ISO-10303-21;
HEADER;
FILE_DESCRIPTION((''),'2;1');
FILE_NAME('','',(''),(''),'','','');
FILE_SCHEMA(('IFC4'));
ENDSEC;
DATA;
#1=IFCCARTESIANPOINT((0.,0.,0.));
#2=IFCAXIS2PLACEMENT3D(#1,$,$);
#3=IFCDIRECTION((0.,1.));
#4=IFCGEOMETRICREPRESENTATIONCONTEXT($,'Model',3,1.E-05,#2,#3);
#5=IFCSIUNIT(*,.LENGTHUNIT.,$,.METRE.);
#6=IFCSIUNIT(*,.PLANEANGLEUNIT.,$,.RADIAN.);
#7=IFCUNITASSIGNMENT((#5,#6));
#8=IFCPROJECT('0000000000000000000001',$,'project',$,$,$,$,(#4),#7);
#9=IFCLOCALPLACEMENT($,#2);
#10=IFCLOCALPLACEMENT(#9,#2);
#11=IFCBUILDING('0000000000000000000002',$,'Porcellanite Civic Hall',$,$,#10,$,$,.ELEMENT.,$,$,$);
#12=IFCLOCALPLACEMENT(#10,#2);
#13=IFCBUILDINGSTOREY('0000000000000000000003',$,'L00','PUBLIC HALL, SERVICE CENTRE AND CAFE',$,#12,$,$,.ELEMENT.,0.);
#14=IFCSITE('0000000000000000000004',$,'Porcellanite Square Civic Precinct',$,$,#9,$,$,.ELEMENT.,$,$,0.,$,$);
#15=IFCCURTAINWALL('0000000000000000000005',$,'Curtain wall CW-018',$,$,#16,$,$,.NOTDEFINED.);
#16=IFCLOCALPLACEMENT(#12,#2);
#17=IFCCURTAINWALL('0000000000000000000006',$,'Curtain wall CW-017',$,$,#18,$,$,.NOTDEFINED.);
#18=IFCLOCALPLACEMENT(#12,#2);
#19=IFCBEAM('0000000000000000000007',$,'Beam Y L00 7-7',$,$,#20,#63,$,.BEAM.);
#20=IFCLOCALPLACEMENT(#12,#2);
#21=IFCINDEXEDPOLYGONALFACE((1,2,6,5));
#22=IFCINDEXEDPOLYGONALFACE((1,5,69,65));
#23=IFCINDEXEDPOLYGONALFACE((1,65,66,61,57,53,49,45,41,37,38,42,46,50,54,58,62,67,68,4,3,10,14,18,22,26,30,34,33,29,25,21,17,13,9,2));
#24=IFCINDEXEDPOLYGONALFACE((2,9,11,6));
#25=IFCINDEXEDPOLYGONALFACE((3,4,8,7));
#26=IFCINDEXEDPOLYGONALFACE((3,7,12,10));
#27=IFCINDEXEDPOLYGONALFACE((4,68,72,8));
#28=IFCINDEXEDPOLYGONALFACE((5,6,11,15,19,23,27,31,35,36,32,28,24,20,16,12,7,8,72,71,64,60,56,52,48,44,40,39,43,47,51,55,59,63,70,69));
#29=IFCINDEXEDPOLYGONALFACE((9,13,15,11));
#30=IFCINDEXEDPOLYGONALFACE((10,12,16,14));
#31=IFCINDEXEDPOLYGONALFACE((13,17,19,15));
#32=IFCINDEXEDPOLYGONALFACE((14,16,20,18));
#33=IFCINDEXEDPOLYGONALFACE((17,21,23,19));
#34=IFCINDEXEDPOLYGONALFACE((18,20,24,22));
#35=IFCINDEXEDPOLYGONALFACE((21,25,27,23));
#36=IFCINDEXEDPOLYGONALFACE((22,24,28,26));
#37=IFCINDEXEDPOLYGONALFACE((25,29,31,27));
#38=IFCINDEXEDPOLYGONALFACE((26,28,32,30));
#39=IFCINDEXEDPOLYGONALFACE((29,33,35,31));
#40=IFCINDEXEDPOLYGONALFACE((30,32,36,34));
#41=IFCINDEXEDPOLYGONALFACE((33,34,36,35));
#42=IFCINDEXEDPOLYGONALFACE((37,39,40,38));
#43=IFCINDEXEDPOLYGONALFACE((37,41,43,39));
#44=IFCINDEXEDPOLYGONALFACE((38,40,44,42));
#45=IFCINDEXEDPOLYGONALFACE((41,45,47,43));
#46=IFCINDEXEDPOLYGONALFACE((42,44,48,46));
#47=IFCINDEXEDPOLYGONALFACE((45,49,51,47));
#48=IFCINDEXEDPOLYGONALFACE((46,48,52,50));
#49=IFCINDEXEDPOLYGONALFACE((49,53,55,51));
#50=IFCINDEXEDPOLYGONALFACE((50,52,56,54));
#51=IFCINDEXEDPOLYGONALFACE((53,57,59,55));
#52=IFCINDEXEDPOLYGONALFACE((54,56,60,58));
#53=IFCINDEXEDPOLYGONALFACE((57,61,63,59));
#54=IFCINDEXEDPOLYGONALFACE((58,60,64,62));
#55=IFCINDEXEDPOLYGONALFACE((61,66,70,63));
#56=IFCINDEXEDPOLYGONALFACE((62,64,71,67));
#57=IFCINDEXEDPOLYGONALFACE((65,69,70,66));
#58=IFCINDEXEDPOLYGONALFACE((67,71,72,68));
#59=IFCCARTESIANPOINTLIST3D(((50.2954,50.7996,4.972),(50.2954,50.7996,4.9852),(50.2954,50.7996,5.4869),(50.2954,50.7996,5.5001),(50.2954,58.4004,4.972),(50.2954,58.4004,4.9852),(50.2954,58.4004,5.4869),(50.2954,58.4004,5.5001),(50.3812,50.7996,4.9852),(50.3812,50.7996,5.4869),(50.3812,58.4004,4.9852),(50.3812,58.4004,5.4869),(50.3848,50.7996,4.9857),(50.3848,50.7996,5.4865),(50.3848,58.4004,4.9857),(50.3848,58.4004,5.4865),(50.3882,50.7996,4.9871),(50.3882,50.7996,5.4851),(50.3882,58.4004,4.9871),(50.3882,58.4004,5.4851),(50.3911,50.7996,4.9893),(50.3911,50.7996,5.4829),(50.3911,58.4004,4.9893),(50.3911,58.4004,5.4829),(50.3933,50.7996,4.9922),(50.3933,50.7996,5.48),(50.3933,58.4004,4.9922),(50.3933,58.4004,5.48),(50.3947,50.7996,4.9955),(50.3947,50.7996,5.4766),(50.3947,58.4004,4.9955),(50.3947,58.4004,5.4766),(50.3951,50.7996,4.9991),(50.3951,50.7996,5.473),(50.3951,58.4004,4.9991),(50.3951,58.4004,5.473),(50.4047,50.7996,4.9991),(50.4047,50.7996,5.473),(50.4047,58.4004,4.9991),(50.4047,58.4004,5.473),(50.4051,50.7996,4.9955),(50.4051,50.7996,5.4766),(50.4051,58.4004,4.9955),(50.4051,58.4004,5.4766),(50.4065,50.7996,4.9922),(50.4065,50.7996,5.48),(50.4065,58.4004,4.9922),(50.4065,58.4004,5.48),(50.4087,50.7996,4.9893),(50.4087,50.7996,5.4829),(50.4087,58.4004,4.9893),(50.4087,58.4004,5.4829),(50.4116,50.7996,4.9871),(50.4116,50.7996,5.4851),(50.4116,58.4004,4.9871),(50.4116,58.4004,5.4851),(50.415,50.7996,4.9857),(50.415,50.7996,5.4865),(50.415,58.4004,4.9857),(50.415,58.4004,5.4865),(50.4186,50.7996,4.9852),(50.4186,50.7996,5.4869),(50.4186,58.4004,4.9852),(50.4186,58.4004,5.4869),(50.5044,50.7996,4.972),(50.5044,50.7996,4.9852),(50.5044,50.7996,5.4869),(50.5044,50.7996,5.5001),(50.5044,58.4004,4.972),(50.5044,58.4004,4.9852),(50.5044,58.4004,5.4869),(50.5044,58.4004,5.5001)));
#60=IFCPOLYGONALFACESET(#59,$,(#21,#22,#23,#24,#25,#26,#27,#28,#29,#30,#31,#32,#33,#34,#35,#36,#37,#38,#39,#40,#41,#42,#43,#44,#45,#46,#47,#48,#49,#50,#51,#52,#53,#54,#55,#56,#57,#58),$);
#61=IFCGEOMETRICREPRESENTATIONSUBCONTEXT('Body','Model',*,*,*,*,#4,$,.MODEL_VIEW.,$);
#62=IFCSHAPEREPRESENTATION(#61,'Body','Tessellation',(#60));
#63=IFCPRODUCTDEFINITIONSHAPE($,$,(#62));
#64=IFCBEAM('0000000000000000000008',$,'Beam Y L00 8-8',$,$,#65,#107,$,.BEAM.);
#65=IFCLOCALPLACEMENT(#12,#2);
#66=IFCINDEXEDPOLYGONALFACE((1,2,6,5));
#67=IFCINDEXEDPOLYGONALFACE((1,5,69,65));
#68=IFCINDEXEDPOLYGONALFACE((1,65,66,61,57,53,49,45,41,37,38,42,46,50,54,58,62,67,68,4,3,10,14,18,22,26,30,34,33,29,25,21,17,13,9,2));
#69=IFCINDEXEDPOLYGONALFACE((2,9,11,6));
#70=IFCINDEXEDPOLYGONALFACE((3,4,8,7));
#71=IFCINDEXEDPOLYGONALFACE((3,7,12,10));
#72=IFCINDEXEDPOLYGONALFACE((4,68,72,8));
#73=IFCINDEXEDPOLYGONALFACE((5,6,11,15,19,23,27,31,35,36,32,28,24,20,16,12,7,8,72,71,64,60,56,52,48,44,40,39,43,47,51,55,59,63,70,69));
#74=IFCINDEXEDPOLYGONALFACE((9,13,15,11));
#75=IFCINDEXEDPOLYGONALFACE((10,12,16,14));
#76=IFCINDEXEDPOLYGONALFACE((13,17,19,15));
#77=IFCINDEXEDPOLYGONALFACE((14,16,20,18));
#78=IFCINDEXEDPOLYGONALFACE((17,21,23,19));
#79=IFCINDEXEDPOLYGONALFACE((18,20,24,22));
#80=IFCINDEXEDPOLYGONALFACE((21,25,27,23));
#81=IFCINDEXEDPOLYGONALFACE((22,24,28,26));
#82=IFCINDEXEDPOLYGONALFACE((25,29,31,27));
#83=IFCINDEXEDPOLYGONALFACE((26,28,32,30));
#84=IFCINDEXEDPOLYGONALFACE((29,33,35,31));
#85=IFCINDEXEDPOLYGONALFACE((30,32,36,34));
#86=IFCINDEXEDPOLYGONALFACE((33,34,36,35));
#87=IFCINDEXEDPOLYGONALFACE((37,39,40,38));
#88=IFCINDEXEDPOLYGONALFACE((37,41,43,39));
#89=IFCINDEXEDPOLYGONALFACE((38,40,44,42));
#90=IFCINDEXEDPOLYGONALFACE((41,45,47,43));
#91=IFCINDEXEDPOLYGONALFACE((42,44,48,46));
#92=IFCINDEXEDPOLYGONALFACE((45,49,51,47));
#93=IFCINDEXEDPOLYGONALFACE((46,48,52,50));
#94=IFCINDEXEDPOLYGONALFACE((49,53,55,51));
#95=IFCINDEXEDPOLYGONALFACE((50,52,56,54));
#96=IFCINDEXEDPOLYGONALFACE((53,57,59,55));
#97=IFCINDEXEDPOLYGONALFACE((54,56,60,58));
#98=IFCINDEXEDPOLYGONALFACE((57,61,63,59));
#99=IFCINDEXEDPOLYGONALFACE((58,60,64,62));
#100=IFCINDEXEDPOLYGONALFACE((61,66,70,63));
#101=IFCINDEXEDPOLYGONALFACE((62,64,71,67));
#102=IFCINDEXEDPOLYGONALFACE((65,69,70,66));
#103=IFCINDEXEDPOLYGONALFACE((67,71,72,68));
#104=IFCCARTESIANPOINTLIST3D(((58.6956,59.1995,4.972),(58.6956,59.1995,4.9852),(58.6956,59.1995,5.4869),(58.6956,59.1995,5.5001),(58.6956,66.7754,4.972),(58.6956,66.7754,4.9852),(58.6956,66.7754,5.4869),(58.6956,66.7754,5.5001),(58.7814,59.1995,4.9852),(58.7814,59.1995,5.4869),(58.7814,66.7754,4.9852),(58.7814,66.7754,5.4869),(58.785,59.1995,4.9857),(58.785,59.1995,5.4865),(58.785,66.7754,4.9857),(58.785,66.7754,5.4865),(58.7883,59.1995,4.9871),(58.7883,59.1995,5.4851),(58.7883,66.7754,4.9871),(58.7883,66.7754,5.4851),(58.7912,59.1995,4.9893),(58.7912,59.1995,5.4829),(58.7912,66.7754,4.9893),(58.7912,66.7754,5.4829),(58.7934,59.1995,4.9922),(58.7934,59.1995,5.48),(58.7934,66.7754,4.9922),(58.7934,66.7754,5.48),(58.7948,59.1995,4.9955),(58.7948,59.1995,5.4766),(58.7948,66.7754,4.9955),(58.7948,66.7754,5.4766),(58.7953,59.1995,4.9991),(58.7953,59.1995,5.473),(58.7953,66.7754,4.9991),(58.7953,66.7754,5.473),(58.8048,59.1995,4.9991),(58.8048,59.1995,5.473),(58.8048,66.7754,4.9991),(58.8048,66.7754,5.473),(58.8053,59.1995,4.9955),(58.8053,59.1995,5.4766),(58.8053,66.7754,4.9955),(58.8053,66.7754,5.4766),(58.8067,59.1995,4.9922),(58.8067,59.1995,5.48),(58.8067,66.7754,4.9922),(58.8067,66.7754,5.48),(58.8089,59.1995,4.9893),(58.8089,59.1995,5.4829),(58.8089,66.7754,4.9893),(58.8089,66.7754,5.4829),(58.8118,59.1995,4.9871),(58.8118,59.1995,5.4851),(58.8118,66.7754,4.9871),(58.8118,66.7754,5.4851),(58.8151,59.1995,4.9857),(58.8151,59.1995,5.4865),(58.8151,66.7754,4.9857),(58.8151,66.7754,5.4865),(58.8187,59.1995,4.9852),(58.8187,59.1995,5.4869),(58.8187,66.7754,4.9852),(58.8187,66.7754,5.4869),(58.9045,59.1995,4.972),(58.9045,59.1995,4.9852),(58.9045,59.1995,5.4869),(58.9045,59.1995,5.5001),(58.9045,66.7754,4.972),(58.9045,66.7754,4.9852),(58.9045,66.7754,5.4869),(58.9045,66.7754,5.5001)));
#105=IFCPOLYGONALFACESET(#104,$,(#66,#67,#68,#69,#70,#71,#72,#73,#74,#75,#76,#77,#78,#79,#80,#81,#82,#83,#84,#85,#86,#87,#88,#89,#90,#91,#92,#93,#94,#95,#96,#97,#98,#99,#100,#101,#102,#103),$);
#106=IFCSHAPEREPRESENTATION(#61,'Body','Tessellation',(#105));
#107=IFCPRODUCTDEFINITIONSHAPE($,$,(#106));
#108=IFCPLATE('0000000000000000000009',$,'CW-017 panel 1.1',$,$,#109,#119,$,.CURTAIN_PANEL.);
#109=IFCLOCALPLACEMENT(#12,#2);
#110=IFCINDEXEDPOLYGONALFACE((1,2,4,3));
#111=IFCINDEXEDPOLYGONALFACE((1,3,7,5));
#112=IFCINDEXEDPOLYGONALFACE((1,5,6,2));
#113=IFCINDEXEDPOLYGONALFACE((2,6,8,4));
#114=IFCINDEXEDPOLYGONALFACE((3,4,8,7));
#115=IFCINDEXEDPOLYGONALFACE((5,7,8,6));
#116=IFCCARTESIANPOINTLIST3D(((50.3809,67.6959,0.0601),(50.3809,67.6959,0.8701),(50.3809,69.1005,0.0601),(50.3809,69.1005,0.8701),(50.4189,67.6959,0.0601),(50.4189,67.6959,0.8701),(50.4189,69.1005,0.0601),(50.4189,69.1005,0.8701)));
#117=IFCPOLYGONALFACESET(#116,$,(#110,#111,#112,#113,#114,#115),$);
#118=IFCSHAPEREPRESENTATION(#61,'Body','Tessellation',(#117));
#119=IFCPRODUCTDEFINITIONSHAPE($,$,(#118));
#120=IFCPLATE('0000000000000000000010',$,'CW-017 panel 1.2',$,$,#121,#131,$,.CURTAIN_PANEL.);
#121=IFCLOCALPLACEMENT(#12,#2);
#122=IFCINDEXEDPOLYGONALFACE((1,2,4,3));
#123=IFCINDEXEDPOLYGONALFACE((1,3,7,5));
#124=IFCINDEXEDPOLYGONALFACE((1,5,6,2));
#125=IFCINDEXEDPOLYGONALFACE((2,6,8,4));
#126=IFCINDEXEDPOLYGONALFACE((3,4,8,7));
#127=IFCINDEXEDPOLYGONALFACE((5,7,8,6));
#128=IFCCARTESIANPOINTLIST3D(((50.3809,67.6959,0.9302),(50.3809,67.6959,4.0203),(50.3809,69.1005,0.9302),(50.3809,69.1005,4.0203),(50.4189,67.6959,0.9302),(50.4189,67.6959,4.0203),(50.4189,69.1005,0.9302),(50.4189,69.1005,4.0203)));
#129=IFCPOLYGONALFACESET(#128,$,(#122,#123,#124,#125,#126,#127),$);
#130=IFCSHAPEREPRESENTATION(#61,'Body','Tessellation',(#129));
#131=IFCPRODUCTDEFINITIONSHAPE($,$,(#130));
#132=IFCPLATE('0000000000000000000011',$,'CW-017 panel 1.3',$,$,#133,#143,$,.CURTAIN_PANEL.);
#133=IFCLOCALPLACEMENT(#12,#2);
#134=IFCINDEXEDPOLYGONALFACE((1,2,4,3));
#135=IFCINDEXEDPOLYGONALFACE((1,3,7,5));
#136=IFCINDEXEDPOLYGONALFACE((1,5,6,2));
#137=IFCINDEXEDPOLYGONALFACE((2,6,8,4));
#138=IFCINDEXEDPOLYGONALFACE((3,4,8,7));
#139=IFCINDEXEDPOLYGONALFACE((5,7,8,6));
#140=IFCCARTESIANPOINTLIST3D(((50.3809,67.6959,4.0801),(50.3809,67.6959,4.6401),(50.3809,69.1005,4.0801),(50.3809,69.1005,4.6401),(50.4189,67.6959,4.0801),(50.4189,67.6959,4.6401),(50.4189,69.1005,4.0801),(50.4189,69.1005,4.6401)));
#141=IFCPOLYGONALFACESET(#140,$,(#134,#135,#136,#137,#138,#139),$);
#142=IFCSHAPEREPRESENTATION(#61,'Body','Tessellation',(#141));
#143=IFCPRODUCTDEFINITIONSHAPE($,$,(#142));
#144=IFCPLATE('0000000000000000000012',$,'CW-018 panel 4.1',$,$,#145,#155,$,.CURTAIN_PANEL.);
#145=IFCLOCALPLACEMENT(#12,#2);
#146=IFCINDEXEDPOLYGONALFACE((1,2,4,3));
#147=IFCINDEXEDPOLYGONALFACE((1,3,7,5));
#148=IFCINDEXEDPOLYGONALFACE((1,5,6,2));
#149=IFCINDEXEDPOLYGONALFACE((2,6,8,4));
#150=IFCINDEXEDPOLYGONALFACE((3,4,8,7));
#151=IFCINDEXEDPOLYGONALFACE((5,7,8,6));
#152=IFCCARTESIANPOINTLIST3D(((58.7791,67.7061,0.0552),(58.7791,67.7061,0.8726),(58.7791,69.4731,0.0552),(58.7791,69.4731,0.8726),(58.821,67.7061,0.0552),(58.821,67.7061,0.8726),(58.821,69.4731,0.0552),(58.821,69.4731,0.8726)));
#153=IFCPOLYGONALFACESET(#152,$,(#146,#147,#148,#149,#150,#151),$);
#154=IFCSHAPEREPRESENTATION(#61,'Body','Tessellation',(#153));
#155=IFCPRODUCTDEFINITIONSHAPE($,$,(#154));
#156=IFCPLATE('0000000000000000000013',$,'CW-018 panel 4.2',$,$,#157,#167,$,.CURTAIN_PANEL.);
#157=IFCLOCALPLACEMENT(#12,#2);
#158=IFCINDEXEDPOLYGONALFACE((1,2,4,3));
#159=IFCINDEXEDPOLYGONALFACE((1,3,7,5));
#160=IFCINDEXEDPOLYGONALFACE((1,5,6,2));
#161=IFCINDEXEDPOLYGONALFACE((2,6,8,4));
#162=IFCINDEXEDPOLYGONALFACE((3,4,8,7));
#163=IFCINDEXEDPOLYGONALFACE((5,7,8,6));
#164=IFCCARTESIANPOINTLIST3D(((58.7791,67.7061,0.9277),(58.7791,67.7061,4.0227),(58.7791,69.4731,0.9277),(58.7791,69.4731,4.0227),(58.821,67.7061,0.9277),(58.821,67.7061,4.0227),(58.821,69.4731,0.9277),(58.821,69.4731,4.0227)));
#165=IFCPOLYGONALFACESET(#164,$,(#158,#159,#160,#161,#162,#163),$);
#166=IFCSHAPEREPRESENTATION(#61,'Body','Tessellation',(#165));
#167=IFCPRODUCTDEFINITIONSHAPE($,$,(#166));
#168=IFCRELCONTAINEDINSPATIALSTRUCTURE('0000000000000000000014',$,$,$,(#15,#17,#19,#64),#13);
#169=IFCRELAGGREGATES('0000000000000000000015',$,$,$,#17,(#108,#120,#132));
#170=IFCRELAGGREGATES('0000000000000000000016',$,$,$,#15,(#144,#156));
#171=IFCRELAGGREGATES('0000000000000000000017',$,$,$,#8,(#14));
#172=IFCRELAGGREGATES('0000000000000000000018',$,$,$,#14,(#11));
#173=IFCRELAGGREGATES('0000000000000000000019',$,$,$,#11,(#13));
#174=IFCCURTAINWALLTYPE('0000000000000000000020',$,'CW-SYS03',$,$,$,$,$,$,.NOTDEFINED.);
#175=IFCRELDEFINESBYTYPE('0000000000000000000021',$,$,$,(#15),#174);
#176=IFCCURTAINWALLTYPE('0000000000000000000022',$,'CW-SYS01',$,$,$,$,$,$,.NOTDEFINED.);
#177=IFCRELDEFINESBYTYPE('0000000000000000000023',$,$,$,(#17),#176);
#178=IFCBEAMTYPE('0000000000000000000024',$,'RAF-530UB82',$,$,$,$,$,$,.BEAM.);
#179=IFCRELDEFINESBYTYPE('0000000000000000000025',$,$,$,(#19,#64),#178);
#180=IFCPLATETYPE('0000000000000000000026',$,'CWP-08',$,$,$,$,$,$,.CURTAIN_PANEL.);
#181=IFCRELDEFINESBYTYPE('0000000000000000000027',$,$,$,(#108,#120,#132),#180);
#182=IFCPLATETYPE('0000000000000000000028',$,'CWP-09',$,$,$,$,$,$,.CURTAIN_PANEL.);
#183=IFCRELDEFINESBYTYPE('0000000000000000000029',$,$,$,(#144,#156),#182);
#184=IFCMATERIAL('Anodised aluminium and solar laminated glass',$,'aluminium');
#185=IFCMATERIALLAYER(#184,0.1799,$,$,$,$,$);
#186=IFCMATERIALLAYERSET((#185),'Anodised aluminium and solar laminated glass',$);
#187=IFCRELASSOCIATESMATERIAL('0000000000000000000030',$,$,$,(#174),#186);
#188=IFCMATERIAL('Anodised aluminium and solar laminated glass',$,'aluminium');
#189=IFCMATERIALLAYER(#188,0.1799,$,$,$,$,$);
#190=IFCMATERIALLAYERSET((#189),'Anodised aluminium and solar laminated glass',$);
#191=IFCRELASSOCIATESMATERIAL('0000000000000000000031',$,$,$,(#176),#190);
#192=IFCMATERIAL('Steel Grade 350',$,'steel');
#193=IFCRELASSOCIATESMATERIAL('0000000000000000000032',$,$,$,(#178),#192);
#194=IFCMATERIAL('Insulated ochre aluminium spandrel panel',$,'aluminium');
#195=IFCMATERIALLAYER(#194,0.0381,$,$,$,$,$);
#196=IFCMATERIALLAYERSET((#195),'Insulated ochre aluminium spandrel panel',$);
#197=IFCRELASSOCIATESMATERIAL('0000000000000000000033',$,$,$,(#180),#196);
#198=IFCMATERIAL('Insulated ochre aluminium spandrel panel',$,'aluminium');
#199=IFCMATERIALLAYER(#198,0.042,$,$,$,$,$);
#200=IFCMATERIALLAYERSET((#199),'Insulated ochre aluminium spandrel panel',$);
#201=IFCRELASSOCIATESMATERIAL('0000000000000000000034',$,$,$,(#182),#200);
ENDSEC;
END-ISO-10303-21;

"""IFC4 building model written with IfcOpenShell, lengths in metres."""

from ifc_helpers import new_model, si_unit, direction, frame, origin, origin_2d, place, context, subcontext, project, spatial, rectangle, i_section, extrude, material, layer, layer_set, material_profile, profile_set, type_object, element, aggregate, save


model = new_model("IFC4")

# Units and contexts
model_context = context("Model", 3, precision=1e-05, world=origin(), true_north=direction((0.0, 1.0)))
body_context = subcontext(model_context, "Body", "Model", "MODEL_VIEW")
ifc_project = project(units=[si_unit("LENGTHUNIT", "METRE"), si_unit("PLANEANGLEUNIT", "RADIAN")], contexts=[model_context])

# Site, building, storey
site_placement = place(None, origin())
site = spatial("IfcSite", under=ifc_project, at=site_placement, Name="Porcellanite Square Civic Precinct", CompositionType="ELEMENT", RefElevation=0.0)
building_placement = place(site_placement, origin())
building = spatial("IfcBuilding", under=site, at=building_placement, Name="Porcellanite Civic Hall", CompositionType="ELEMENT")
storey_placement = place(building_placement, origin())
storey = spatial("IfcBuildingStorey", under=building, at=storey_placement, Name="L00", Description="PUBLIC HALL, SERVICE CENTRE AND CAFE", CompositionType="ELEMENT", Elevation=0.0)

# Curtain wall
ifc_material_1 = material(Name="Anodised aluminium and solar laminated glass", Category="aluminium")
ifc_layer_1 = layer(ifc_material_1, 0.1799)
ifc_layer_set_1 = layer_set([ifc_layer_1], Name="Anodised aluminium and solar laminated glass")
curtain_wall_type_1 = type_object("IfcCurtainWallType", Name="CW-SYS03", PredefinedType="NOTDEFINED", material=ifc_layer_set_1)
curtain_wall_1_placement = place(storey_placement, origin())
curtain_wall_1 = element("IfcCurtainWall", 1, at=curtain_wall_1_placement, inside=storey, type_object=curtain_wall_type_1, Name="Curtain wall CW-018", PredefinedType="NOTDEFINED")

# Curtain wall
ifc_material_2 = material(Name="Anodised aluminium and solar laminated glass", Category="aluminium")
ifc_layer_2 = layer(ifc_material_2, 0.1799)
ifc_layer_set_2 = layer_set([ifc_layer_2], Name="Anodised aluminium and solar laminated glass")
curtain_wall_type_2 = type_object("IfcCurtainWallType", Name="CW-SYS01", PredefinedType="NOTDEFINED", material=ifc_layer_set_2)
curtain_wall_2_placement = place(storey_placement, origin())
curtain_wall_2 = element("IfcCurtainWall", 2, at=curtain_wall_2_placement, inside=storey, type_object=curtain_wall_type_2, Name="Curtain wall CW-017", PredefinedType="NOTDEFINED")

# Beams
ifc_material_3 = material(Name="Steel Grade 350", Category="steel")
ifc_material_profile_1 = material_profile(ifc_material_3, i_section(OverallWidth=0.209, OverallDepth=0.5281, WebThickness=0.0095, FlangeThickness=0.0132, FilletRadius=0.0139, at=origin_2d()), Name="530UB82.0")
ifc_profile_set_1 = profile_set([ifc_material_profile_1], Name="Steel Grade 350")
beam_type_1 = type_object("IfcBeamType", Name="RAF-530UB82", PredefinedType="BEAM", material=ifc_profile_set_1)
beam_1_placement = place(storey_placement, frame((50.3999, 50.7996, 5.2361), z_axis=(0.0, 1.0, 0.0), x_axis=(-1.0, 0.0, 0.0)))
element("IfcBeam", 3, at=beam_1_placement, inside=storey, type_object=beam_type_1, Name="Beam Y L00 7-7", PredefinedType="BEAM", context=body_context, shape_type="SweptSolid", body=[
    extrude(i_section(OverallWidth=0.209, OverallDepth=0.5281, WebThickness=0.0095, FlangeThickness=0.0132, FilletRadius=0.0139, at=origin_2d()), origin(), (0.0, 0.0, 1.0), 7.6008),
])
beam_2_placement = place(storey_placement, frame((58.8, 59.1995, 5.2361), z_axis=(0.0, 1.0, 0.0), x_axis=(-1.0, 0.0, 0.0)))
element("IfcBeam", 4, at=beam_2_placement, inside=storey, type_object=beam_type_1, Name="Beam Y L00 8-8", PredefinedType="BEAM", context=body_context, shape_type="SweptSolid", body=[
    extrude(i_section(OverallWidth=0.209, OverallDepth=0.5281, WebThickness=0.0095, FlangeThickness=0.0132, FilletRadius=0.0139, at=origin_2d()), origin(), (0.0, 0.0, 1.0), 7.5759),
])

# Plates
ifc_material_4 = material(Name="Insulated ochre aluminium spandrel panel", Category="aluminium")
ifc_layer_3 = layer(ifc_material_4, 0.0381)
ifc_layer_set_3 = layer_set([ifc_layer_3], Name="Insulated ochre aluminium spandrel panel")
plate_type_1 = type_object("IfcPlateType", Name="CWP-08", PredefinedType="CURTAIN_PANEL", material=ifc_layer_set_3)
plate_1_placement = place(storey_placement, frame((50.3999, 68.3982, 0.0601), z_axis=(0.0, 0.0, 1.0), x_axis=(0.0, 1.0, 0.0)))
plate_1 = element("IfcPlate", 5, at=plate_1_placement, type_object=plate_type_1, Name="CW-017 panel 1.1", PredefinedType="CURTAIN_PANEL", context=body_context, shape_type="SweptSolid", body=[
    extrude(rectangle(XDim=1.4045, YDim=0.0381, at=origin_2d()), origin(), (0.0, 0.0, 1.0), 0.8101),
])
plate_2_placement = place(storey_placement, frame((50.3999, 68.3982, 0.9302), z_axis=(0.0, 0.0, 1.0), x_axis=(0.0, 1.0, 0.0)))
plate_2 = element("IfcPlate", 6, at=plate_2_placement, type_object=plate_type_1, Name="CW-017 panel 1.2", PredefinedType="CURTAIN_PANEL", context=body_context, shape_type="SweptSolid", body=[
    extrude(rectangle(XDim=1.4045, YDim=0.0381, at=origin_2d()), origin(), (0.0, 0.0, 1.0), 3.0901),
])
plate_3_placement = place(storey_placement, frame((50.3999, 68.3982, 4.0801), z_axis=(0.0, 0.0, 1.0), x_axis=(0.0, 1.0, 0.0)))
plate_3 = element("IfcPlate", 7, at=plate_3_placement, type_object=plate_type_1, Name="CW-017 panel 1.3", PredefinedType="CURTAIN_PANEL", context=body_context, shape_type="SweptSolid", body=[
    extrude(rectangle(XDim=1.4045, YDim=0.0381, at=origin_2d()), origin(), (0.0, 0.0, 1.0), 0.5601),
])
aggregate(curtain_wall_2, [plate_1, plate_2, plate_3])
ifc_material_5 = material(Name="Insulated ochre aluminium spandrel panel", Category="aluminium")
ifc_layer_4 = layer(ifc_material_5, 0.042)
ifc_layer_set_4 = layer_set([ifc_layer_4], Name="Insulated ochre aluminium spandrel panel")
plate_type_2 = type_object("IfcPlateType", Name="CWP-09", PredefinedType="CURTAIN_PANEL", material=ifc_layer_set_4)
plate_4_placement = place(storey_placement, frame((58.8, 68.5896, 0.0552), z_axis=(0.0, 0.0, 1.0), x_axis=(0.0, -1.0, 0.0)))
plate_4 = element("IfcPlate", 8, at=plate_4_placement, type_object=plate_type_2, Name="CW-018 panel 4.1", PredefinedType="CURTAIN_PANEL", context=body_context, shape_type="SweptSolid", body=[
    extrude(rectangle(XDim=1.7671, YDim=0.042, at=origin_2d()), origin(), (0.0, 0.0, 1.0), 0.8174),
])
plate_5_placement = place(storey_placement, frame((58.8, 68.5896, 0.9277), z_axis=(0.0, 0.0, 1.0), x_axis=(0.0, -1.0, 0.0)))
plate_5 = element("IfcPlate", 9, at=plate_5_placement, type_object=plate_type_2, Name="CW-018 panel 4.2", PredefinedType="CURTAIN_PANEL", context=body_context, shape_type="SweptSolid", body=[
    extrude(rectangle(XDim=1.7671, YDim=0.042, at=origin_2d()), origin(), (0.0, 0.0, 1.0), 3.095),
])
aggregate(curtain_wall_1, [plate_4, plate_5])

save(model, "model.ifc")
